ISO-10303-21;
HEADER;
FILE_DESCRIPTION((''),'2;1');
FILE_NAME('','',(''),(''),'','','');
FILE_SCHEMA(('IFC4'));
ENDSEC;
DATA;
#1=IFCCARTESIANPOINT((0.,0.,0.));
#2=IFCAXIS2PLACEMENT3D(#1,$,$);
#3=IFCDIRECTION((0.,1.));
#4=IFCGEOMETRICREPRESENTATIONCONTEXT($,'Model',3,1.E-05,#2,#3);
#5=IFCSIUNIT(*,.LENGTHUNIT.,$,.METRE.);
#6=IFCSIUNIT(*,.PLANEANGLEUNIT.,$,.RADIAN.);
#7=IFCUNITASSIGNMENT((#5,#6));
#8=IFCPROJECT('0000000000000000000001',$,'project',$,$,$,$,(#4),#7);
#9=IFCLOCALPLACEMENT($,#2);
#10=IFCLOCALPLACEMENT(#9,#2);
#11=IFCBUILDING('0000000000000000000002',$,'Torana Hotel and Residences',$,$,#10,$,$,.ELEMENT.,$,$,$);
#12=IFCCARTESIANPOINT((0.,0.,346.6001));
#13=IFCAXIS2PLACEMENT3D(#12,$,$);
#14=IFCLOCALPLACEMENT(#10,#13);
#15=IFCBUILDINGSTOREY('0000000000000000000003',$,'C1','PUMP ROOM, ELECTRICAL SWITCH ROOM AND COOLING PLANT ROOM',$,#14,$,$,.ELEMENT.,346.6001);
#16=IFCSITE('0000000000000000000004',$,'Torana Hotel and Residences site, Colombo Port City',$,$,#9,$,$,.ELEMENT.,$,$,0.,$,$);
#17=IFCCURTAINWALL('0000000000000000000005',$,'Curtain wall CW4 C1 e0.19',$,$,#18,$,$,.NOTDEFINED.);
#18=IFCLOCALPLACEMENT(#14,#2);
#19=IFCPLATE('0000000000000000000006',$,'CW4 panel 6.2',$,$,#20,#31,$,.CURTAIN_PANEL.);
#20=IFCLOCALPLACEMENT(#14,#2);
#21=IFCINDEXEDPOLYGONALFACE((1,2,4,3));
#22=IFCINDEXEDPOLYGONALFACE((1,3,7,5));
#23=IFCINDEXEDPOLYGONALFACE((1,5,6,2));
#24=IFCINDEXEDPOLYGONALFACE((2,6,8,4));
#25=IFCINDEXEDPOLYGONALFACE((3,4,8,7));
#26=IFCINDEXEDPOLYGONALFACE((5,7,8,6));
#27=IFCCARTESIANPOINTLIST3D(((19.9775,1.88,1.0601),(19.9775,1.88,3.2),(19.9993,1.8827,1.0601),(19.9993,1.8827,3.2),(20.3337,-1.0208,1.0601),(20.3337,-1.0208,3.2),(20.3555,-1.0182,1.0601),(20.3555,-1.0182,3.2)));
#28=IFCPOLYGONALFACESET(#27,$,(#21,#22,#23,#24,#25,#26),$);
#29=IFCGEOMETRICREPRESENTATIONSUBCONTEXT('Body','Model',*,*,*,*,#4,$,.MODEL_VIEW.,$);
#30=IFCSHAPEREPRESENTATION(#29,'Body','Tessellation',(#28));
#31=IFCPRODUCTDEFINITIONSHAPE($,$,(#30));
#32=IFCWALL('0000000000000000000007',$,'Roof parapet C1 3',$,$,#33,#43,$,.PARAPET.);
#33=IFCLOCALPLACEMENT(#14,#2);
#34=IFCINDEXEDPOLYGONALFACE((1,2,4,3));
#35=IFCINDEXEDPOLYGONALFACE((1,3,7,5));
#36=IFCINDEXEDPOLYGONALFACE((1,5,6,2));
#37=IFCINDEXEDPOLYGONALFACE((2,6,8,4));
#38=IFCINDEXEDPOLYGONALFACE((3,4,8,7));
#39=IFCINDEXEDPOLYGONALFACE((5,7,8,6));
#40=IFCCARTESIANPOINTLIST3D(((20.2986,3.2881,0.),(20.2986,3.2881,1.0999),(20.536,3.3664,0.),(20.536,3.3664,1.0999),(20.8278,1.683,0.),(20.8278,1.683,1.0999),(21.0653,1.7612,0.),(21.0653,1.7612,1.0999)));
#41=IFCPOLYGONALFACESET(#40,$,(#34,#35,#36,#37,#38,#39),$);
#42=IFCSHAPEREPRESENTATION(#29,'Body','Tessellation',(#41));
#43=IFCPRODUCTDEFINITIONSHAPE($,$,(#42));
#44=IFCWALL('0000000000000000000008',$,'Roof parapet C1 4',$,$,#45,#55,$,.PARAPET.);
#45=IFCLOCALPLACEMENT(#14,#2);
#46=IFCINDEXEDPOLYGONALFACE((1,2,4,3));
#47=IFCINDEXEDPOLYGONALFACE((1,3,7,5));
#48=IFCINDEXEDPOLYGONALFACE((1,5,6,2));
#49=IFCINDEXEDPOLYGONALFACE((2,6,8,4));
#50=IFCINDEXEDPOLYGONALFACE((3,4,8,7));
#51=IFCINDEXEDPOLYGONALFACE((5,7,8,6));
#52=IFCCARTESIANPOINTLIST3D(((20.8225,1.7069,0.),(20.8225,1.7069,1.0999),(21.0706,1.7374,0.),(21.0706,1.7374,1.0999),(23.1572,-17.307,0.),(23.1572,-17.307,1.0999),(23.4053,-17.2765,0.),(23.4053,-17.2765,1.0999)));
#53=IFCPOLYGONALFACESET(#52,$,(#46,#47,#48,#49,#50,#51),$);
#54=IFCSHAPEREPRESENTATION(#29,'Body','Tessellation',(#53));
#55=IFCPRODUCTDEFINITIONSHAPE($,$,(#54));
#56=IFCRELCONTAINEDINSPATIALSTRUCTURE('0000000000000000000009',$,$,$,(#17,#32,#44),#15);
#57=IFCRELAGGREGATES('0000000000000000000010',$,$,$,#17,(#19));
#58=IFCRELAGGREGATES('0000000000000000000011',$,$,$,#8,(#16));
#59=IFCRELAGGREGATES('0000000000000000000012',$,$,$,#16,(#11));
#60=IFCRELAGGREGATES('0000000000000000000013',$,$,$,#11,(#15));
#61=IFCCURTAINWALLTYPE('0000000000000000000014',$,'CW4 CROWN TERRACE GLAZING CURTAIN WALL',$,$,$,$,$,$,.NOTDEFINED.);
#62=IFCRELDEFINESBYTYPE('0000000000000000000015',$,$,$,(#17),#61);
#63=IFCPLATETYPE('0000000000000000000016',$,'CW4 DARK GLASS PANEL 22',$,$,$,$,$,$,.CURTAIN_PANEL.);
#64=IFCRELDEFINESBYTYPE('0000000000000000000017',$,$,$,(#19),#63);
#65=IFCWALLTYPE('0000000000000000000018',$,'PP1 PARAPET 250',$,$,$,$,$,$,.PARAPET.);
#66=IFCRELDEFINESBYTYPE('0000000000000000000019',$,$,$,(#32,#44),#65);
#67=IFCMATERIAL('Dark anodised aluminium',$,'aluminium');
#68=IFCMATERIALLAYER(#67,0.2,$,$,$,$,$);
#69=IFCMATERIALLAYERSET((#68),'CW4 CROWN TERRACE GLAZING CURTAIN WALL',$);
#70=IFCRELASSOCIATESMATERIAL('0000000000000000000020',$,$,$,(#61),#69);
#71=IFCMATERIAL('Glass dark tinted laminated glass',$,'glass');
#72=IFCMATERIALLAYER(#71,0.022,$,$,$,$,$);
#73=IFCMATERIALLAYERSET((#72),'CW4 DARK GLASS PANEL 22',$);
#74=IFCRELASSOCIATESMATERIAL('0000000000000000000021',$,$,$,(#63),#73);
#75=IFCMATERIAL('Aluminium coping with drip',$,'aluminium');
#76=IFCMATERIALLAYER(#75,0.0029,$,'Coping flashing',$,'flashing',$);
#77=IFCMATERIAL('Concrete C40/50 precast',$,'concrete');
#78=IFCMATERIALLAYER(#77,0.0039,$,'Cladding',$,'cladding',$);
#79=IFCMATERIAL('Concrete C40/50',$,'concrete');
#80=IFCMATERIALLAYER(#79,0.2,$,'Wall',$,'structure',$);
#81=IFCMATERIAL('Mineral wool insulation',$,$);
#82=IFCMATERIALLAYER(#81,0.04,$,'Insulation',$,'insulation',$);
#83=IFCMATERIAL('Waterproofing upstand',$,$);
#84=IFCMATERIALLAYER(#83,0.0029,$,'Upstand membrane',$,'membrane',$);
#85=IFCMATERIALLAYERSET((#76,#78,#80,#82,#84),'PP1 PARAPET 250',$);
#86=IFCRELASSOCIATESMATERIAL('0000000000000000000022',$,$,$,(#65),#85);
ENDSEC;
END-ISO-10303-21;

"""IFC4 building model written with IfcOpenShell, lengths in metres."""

from ifc_helpers import new_model, si_unit, direction, frame, frame_2d, origin, origin_2d, place, context, subcontext, project, spatial, rectangle, extrude, material, layer, layer_set, type_object, element, aggregate, save


model = new_model("IFC4")

# Units and contexts
model_context = context("Model", 3, precision=1e-05, world=origin(), true_north=direction((0.0, 1.0)))
body_context = subcontext(model_context, "Body", "Model", "MODEL_VIEW")
ifc_project = project(units=[si_unit("LENGTHUNIT", "METRE"), si_unit("PLANEANGLEUNIT", "RADIAN")], contexts=[model_context])

# Site, building, storey
site_placement = place(None, origin())
site = spatial("IfcSite", under=ifc_project, at=site_placement, Name="Torana Hotel and Residences site, Colombo Port City", CompositionType="ELEMENT", RefElevation=0.0)
building_placement = place(site_placement, origin())
building = spatial("IfcBuilding", under=site, at=building_placement, Name="Torana Hotel and Residences", CompositionType="ELEMENT")
storey_placement = place(building_placement, frame((0.0, 0.0, 346.6001)))
storey = spatial("IfcBuildingStorey", under=building, at=storey_placement, Name="C1", Description="PUMP ROOM, ELECTRICAL SWITCH ROOM AND COOLING PLANT ROOM", CompositionType="ELEMENT", Elevation=346.6001)

# Curtain wall, plate
ifc_material_1 = material(Name="Dark anodised aluminium", Category="aluminium")
ifc_layer_1 = layer(ifc_material_1, 0.2)
ifc_layer_set_1 = layer_set([ifc_layer_1], Name="CW4 CROWN TERRACE GLAZING CURTAIN WALL")
curtain_wall_type = type_object("IfcCurtainWallType", Name="CW4 CROWN TERRACE GLAZING CURTAIN WALL", PredefinedType="NOTDEFINED", material=ifc_layer_set_1)
curtain_wall_placement = place(storey_placement, origin())
curtain_wall = element("IfcCurtainWall", 1, at=curtain_wall_placement, inside=storey, type_object=curtain_wall_type, Name="Curtain wall CW4 C1 e0.19", PredefinedType="NOTDEFINED")
ifc_material_2 = material(Name="Glass dark tinted laminated glass", Category="glass")
ifc_layer_2 = layer(ifc_material_2, 0.022)
ifc_layer_set_2 = layer_set([ifc_layer_2], Name="CW4 DARK GLASS PANEL 22")
plate_type = type_object("IfcPlateType", Name="CW4 DARK GLASS PANEL 22", PredefinedType="CURTAIN_PANEL", material=ifc_layer_set_2)
plate_1_placement = place(storey_placement, frame((20.1665, 0.4309, 1.0601), z_axis=(0.0, 0.0, 1.0), x_axis=(-0.121868, 0.992546, 0.0)))
plate_1 = element("IfcPlate", 2, at=plate_1_placement, type_object=plate_type, Name="CW4 panel 6.2", PredefinedType="CURTAIN_PANEL", context=body_context, shape_type="SweptSolid", body=[
    extrude(rectangle(XDim=2.9226, YDim=0.022, at=origin_2d()), origin(), (0.0, 0.0, 1.0), 2.1399),
])
aggregate(curtain_wall, [plate_1])

# Walls
ifc_material_3 = material(Name="Aluminium coping with drip", Category="aluminium")
ifc_layer_3 = layer(ifc_material_3, 0.0029, Name="Coping flashing", Category="flashing")
ifc_material_4 = material(Name="Concrete C40/50 precast", Category="concrete")
ifc_layer_4 = layer(ifc_material_4, 0.0039, Name="Cladding", Category="cladding")
ifc_material_5 = material(Name="Concrete C40/50", Category="concrete")
ifc_layer_5 = layer(ifc_material_5, 0.2, Name="Wall", Category="structure")
ifc_material_6 = material(Name="Mineral wool insulation")
ifc_layer_6 = layer(ifc_material_6, 0.04, Name="Insulation", Category="insulation")
ifc_material_7 = material(Name="Waterproofing upstand")
ifc_layer_7 = layer(ifc_material_7, 0.0029, Name="Upstand membrane", Category="membrane")
ifc_layer_set_3 = layer_set([ifc_layer_3, ifc_layer_4, ifc_layer_5, ifc_layer_6, ifc_layer_7], Name="PP1 PARAPET 250")
wall_type = type_object("IfcWallType", Name="PP1 PARAPET 250", PredefinedType="PARAPET", material=ifc_layer_set_3)
wall_1_placement = place(storey_placement, frame((20.4172, 3.3274, 0.0), z_axis=(0.0, 0.0, 1.0), x_axis=(0.313149, -0.949704, 0.0)))
element("IfcWall", 3, at=wall_1_placement, inside=storey, type_object=wall_type, Name="Roof parapet C1 3", PredefinedType="PARAPET", context=body_context, shape_type="SweptSolid", body=[
    extrude(rectangle(XDim=1.6902, YDim=0.25, at=frame_2d((0.8452, 0.0))), origin(), (0.0, 0.0, 1.0), 1.0999),
])
wall_2_placement = place(storey_placement, frame((20.9465, 1.7222, 0.0), z_axis=(0.0, 0.0, 1.0), x_axis=(0.121875, -0.992546, 0.0)))
element("IfcWall", 4, at=wall_2_placement, inside=storey, type_object=wall_type, Name="Roof parapet C1 4", PredefinedType="PARAPET", context=body_context, shape_type="SweptSolid", body=[
    extrude(rectangle(XDim=19.1567, YDim=0.25, at=frame_2d((9.5784, 0.0))), origin(), (0.0, 0.0, 1.0), 1.0999),
])

save(model, "model.ifc")
